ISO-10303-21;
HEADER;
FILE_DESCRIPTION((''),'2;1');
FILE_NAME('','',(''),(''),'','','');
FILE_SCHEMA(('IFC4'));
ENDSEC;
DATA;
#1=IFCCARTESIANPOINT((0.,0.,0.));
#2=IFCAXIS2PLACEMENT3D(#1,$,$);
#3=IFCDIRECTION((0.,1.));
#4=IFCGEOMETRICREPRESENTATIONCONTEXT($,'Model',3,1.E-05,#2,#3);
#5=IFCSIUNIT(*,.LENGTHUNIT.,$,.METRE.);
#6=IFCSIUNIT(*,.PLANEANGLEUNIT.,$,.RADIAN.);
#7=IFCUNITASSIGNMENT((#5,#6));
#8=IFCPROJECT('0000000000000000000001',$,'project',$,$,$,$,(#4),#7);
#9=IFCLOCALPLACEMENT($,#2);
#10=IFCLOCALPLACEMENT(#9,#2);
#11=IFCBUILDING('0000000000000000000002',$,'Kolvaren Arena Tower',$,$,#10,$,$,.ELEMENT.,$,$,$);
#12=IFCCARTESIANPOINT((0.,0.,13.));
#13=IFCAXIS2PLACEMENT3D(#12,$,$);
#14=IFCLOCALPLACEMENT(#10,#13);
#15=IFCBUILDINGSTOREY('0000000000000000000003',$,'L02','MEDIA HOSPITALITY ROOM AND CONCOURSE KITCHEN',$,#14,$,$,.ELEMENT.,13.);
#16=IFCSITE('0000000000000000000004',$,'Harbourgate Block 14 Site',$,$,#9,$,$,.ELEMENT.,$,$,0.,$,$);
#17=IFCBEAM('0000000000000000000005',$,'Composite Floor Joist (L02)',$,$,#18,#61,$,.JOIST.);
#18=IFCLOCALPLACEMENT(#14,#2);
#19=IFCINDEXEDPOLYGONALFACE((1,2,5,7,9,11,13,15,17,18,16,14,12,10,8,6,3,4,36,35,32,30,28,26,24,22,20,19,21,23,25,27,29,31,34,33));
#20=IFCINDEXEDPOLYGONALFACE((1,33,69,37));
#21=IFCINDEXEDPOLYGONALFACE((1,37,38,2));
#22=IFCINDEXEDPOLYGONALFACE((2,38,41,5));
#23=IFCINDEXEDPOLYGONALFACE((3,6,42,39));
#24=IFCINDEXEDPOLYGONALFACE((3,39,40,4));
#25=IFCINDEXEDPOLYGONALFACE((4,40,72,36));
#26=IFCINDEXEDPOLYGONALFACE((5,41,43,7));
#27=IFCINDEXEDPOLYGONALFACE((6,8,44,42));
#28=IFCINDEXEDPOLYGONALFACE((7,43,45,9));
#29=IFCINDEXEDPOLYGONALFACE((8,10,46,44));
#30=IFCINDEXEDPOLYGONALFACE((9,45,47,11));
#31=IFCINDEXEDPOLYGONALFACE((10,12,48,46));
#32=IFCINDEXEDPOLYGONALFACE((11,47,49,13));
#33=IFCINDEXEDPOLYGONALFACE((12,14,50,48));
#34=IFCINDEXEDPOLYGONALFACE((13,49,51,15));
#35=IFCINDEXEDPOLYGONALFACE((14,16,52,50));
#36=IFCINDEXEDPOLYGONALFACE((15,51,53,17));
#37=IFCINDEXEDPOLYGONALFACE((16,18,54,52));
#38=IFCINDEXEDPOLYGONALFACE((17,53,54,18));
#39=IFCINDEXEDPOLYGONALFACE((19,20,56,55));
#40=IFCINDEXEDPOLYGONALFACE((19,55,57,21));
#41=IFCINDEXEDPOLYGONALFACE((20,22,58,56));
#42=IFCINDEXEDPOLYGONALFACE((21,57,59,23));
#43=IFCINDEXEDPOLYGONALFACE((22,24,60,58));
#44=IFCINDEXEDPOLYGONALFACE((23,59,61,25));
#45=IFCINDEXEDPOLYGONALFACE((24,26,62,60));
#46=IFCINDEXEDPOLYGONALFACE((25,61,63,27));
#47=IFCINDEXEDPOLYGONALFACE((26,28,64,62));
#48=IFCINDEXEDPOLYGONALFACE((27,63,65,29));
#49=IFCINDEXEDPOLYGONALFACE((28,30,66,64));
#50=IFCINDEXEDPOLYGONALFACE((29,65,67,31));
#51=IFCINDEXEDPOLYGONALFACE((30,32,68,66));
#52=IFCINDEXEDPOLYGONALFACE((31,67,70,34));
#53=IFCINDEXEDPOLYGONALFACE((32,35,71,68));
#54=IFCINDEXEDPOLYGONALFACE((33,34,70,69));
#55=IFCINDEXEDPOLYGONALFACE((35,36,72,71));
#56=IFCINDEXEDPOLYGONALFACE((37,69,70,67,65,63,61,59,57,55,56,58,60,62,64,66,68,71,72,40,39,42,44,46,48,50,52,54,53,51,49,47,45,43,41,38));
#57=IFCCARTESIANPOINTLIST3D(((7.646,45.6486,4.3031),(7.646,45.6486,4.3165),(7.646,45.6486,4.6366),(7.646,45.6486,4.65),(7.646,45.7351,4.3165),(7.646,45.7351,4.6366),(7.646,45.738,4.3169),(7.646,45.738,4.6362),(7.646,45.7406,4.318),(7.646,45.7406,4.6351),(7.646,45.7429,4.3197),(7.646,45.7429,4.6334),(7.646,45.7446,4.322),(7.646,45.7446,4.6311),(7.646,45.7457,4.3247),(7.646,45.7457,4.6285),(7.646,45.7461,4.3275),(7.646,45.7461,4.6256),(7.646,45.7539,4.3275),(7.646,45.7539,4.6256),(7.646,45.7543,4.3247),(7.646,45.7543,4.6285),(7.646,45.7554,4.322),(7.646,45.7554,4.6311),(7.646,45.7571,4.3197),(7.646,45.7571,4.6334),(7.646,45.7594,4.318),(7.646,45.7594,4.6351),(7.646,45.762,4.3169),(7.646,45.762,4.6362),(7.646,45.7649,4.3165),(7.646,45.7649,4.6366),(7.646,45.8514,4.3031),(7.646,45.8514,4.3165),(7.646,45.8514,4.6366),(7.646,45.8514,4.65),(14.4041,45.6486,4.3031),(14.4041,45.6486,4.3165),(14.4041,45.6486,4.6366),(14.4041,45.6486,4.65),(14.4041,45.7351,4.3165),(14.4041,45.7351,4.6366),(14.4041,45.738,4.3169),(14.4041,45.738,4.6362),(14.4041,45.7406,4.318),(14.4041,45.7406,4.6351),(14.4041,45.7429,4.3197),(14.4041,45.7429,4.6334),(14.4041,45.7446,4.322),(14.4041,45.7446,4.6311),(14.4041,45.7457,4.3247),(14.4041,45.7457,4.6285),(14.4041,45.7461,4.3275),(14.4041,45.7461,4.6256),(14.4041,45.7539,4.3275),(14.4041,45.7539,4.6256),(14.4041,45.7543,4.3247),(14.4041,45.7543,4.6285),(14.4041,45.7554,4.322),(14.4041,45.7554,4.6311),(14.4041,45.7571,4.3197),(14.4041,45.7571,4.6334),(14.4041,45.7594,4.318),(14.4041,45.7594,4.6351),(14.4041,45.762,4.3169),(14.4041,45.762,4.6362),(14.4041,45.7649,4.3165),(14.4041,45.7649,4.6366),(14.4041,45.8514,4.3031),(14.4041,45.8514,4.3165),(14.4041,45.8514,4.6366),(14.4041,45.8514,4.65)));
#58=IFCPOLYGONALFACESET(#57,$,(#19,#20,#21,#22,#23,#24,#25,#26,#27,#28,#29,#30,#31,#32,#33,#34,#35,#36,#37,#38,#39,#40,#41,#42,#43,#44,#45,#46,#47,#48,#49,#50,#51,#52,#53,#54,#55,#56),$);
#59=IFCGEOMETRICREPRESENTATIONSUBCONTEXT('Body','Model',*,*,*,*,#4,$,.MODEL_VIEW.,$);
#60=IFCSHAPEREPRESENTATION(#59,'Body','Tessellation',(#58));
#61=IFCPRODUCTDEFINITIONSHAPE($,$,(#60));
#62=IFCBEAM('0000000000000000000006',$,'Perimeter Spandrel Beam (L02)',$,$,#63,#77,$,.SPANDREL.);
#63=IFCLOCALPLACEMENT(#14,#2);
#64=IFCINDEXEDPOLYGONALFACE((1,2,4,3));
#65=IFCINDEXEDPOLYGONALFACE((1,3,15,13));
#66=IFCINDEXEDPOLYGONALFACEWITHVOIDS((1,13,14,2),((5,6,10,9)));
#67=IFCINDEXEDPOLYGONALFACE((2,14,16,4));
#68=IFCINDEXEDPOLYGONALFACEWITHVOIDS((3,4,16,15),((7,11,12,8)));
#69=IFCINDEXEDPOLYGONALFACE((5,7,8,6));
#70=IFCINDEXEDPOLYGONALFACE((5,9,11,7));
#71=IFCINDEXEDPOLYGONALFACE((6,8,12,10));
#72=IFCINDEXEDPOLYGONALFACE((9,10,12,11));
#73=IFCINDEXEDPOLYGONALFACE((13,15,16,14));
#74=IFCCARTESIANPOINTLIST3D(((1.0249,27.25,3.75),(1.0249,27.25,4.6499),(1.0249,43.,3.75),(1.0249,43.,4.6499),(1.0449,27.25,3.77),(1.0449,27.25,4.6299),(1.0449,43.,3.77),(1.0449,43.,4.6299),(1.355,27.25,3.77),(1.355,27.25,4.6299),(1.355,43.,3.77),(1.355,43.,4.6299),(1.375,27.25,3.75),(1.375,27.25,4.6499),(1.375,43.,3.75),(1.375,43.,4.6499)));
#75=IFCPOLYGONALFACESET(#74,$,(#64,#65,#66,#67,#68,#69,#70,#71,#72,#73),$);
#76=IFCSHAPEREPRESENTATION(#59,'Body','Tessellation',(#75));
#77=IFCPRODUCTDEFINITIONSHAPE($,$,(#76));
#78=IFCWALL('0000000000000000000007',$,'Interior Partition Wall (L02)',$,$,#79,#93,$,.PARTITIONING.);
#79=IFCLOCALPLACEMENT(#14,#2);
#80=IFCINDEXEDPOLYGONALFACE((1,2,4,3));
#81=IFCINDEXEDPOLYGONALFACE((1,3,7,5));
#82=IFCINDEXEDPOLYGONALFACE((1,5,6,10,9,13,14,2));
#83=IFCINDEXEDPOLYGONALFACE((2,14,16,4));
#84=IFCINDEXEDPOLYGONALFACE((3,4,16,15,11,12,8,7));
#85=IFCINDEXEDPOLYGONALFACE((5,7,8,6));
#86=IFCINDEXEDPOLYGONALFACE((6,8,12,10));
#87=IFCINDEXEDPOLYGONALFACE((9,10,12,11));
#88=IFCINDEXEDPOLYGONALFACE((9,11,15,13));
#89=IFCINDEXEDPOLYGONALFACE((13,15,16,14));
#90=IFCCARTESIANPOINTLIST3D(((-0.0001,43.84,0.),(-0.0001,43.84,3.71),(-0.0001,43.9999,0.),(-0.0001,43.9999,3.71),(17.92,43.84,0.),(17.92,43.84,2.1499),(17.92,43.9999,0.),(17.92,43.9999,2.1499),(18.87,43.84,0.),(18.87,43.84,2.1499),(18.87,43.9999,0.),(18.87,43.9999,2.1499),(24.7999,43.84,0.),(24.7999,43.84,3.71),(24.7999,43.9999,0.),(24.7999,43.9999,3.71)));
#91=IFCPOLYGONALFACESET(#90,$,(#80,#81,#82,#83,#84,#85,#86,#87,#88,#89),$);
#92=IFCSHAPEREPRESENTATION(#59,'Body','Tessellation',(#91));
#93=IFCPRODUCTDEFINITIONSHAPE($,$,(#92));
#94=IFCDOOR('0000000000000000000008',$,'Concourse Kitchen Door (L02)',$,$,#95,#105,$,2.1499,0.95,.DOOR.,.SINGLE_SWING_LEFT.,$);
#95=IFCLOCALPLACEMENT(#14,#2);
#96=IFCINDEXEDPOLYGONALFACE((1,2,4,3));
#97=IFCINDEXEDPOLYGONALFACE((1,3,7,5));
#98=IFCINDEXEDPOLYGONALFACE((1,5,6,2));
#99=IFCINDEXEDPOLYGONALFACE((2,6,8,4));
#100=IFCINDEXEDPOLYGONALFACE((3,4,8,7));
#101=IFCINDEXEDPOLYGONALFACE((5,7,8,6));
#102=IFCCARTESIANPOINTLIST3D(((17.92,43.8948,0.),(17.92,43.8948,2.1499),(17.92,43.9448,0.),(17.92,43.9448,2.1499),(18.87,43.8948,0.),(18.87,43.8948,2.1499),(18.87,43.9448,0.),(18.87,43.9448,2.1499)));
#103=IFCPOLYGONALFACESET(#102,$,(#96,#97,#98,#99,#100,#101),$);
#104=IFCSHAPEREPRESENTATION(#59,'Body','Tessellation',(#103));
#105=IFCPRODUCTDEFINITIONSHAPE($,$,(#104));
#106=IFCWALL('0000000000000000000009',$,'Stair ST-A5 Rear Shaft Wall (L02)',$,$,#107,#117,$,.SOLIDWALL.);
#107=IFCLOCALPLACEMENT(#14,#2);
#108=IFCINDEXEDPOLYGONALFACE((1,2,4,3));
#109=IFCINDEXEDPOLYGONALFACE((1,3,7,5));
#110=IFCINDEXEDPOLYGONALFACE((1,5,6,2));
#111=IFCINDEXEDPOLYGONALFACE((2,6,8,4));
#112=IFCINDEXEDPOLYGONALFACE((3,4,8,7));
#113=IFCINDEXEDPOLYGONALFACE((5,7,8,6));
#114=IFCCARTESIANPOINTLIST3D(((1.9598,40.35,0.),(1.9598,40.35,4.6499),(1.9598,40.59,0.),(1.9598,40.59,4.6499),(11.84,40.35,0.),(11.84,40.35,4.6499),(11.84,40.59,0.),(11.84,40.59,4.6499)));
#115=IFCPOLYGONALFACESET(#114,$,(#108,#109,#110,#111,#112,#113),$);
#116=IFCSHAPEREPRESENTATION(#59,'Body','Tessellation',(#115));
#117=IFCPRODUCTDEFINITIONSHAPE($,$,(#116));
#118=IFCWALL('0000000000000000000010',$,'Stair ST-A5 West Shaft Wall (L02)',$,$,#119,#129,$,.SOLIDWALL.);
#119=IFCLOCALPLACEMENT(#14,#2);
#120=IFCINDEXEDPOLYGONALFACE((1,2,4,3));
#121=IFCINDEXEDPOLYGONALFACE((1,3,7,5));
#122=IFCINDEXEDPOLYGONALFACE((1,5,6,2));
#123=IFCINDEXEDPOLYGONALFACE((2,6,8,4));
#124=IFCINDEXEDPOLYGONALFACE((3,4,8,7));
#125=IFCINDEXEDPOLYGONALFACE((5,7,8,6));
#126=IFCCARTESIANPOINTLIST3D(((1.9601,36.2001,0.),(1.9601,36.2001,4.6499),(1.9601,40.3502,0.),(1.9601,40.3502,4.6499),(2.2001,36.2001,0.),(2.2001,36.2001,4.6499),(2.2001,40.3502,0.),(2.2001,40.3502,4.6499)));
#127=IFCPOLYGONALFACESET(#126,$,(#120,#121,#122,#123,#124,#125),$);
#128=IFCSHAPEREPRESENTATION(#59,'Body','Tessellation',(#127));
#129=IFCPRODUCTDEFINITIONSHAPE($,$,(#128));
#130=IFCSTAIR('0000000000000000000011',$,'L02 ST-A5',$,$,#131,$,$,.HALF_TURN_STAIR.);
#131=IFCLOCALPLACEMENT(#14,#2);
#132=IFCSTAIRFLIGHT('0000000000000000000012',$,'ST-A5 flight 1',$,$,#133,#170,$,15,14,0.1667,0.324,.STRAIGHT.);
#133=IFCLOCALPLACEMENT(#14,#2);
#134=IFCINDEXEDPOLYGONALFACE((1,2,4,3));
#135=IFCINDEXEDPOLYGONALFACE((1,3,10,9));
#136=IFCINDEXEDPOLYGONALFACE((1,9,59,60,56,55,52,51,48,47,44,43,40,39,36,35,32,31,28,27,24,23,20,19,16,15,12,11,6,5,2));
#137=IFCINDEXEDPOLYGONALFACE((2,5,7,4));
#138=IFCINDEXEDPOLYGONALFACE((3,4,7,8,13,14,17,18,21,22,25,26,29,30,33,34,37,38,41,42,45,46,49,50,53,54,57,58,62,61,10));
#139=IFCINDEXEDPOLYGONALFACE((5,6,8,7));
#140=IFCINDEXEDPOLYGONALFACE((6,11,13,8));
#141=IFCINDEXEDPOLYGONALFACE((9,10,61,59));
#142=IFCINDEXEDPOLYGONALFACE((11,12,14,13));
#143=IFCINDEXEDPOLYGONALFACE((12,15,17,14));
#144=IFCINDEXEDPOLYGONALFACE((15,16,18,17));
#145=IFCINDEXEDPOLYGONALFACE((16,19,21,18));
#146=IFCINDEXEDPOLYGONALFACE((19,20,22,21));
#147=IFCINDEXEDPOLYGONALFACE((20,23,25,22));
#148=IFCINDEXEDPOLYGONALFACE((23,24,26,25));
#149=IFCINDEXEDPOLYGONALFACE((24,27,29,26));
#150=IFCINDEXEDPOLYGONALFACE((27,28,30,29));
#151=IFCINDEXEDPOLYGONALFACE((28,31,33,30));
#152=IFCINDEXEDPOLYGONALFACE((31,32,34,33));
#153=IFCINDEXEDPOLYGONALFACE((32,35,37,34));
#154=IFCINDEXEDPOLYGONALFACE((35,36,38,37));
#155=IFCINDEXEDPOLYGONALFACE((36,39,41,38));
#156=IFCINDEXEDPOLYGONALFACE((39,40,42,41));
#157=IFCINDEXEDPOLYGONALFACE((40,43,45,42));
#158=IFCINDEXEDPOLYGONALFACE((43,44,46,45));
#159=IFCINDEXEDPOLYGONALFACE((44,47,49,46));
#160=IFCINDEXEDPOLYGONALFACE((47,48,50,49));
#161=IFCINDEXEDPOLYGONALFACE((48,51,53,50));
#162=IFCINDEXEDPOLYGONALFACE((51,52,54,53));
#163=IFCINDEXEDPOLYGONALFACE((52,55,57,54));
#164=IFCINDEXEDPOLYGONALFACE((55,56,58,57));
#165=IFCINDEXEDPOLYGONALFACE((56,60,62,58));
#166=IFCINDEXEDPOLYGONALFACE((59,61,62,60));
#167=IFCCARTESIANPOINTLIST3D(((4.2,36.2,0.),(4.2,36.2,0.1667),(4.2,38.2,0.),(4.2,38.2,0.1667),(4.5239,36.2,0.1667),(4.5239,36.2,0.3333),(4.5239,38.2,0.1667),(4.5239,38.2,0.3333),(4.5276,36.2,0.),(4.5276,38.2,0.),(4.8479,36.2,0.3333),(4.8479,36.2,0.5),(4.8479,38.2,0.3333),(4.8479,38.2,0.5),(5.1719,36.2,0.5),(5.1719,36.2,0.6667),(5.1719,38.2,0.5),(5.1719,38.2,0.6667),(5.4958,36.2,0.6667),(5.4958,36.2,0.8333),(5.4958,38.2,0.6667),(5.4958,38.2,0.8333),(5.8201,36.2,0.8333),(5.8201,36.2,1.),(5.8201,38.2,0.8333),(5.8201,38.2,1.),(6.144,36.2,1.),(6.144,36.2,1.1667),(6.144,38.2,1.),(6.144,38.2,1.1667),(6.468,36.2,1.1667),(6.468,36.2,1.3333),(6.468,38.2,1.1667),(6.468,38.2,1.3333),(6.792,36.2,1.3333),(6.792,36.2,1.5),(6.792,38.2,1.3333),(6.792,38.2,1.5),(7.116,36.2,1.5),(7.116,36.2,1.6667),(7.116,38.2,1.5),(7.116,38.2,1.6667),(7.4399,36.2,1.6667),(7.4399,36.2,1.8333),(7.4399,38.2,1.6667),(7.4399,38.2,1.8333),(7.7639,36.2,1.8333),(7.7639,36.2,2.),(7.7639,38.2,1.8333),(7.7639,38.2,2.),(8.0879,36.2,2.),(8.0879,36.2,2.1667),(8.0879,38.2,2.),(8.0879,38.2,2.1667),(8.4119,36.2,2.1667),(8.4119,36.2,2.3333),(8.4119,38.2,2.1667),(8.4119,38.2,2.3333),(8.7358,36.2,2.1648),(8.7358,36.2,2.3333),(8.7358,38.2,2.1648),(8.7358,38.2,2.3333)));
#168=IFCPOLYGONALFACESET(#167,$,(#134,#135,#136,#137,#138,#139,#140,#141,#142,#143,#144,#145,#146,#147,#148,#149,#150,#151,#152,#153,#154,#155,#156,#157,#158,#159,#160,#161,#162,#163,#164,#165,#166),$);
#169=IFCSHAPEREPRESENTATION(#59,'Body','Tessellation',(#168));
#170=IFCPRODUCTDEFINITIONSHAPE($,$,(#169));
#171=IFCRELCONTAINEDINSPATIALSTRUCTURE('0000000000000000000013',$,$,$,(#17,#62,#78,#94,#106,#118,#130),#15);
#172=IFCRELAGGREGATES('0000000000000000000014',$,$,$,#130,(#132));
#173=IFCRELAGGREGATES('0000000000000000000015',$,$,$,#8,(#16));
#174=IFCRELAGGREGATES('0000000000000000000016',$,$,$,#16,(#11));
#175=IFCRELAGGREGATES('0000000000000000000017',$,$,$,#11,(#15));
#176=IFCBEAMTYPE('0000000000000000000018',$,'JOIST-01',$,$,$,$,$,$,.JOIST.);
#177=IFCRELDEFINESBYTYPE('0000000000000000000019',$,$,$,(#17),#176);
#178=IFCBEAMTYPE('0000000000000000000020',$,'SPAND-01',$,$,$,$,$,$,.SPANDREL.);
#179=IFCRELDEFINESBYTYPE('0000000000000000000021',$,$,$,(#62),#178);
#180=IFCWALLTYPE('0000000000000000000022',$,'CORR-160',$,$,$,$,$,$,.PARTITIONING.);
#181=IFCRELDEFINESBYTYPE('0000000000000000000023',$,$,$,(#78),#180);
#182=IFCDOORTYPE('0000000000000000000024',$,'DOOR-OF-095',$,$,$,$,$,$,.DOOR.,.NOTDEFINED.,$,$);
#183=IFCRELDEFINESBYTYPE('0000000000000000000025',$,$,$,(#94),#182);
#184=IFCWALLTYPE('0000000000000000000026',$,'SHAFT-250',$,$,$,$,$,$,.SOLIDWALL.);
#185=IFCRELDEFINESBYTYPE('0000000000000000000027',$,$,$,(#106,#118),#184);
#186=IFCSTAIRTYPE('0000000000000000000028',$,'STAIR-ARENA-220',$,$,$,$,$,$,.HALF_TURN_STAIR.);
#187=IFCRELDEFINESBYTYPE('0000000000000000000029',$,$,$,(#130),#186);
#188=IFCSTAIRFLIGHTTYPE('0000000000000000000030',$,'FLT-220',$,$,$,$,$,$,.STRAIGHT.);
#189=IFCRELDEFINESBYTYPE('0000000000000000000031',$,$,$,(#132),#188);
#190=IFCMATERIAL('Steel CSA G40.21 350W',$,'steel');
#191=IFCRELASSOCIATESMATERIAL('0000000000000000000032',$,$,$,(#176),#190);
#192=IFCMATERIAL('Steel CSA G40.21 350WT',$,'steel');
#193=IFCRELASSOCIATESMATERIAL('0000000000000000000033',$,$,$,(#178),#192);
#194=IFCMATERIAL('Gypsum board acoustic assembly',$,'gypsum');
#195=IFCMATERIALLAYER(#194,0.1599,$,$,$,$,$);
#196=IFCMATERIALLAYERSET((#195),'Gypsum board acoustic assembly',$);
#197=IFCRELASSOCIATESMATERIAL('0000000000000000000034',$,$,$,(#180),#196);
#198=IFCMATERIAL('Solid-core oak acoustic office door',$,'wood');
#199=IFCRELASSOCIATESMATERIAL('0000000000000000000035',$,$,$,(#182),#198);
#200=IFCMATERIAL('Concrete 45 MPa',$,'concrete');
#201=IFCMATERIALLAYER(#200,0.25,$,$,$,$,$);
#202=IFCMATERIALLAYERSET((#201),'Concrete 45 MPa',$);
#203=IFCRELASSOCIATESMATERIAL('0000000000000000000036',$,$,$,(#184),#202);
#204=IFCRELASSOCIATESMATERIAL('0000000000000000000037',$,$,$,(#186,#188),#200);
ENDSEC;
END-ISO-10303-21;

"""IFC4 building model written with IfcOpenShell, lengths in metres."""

from ifc_helpers import new_model, si_unit, direction, frame, frame_2d, origin, origin_2d, place, context, subcontext, project, spatial, polyline, rectangle, hollow_rectangle, i_section, outline, extrude, material, layer, layer_set, material_profile, profile_set, type_object, element, fill, aggregate, save


model = new_model("IFC4")

# Units and contexts
model_context = context("Model", 3, precision=1e-05, world=origin(), true_north=direction((0.0, 1.0)))
body_context = subcontext(model_context, "Body", "Model", "MODEL_VIEW")
ifc_project = project(units=[si_unit("LENGTHUNIT", "METRE"), si_unit("PLANEANGLEUNIT", "RADIAN")], contexts=[model_context])

# Site, building, storey
site_placement = place(None, origin())
site = spatial("IfcSite", under=ifc_project, at=site_placement, Name="Harbourgate Block 14 Site", CompositionType="ELEMENT", RefElevation=0.0)
building_placement = place(site_placement, origin())
building = spatial("IfcBuilding", under=site, at=building_placement, Name="Kolvaren Arena Tower", CompositionType="ELEMENT")
storey_placement = place(building_placement, frame((0.0, 0.0, 13.0)))
storey = spatial("IfcBuildingStorey", under=building, at=storey_placement, Name="L02", Description="MEDIA HOSPITALITY ROOM AND CONCOURSE KITCHEN", CompositionType="ELEMENT", Elevation=13.0)

# Beams
ifc_material_1 = material(Name="Steel CSA G40.21 350W", Category="steel")
ifc_material_profile_1 = material_profile(ifc_material_1, i_section(OverallWidth=0.2029, OverallDepth=0.3469, WebThickness=0.0078, FlangeThickness=0.0134, FilletRadius=0.011, at=origin_2d()), Name="W360x64")
ifc_profile_set_1 = profile_set([ifc_material_profile_1], Name="Steel CSA G40.21 350W")
beam_type_1 = type_object("IfcBeamType", Name="JOIST-01", PredefinedType="JOIST", material=ifc_profile_set_1)
beam_1_placement = place(storey_placement, frame((7.646, 45.75, 4.4766), z_axis=(1.0, 0.0, 0.0), x_axis=(0.0, 1.0, 0.0)))
element("IfcBeam", 1, at=beam_1_placement, inside=storey, type_object=beam_type_1, Name="Composite Floor Joist (L02)", PredefinedType="JOIST", context=body_context, shape_type="SweptSolid", body=[
    extrude(i_section(OverallWidth=0.2029, OverallDepth=0.3469, WebThickness=0.0078, FlangeThickness=0.0134, FilletRadius=0.011, at=origin_2d()), origin(), (0.0, 0.0, 1.0), 6.7581),
])
ifc_material_2 = material(Name="Steel CSA G40.21 350WT", Category="steel")
ifc_material_profile_2 = material_profile(ifc_material_2, hollow_rectangle(XDim=0.3501, YDim=0.8999, WallThickness=0.02, at=origin_2d()), Name="HSS 900x350x20")
ifc_profile_set_2 = profile_set([ifc_material_profile_2], Name="Steel CSA G40.21 350WT")
beam_type_2 = type_object("IfcBeamType", Name="SPAND-01", PredefinedType="SPANDREL", material=ifc_profile_set_2)
beam_2_placement = place(storey_placement, frame((1.2, 43.0, 4.2), z_axis=(0.0, -1.0, 0.0), x_axis=(1.0, 0.0, 0.0)))
element("IfcBeam", 2, at=beam_2_placement, inside=storey, type_object=beam_type_2, Name="Perimeter Spandrel Beam (L02)", PredefinedType="SPANDREL", context=body_context, shape_type="SweptSolid", body=[
    extrude(hollow_rectangle(XDim=0.3501, YDim=0.8999, WallThickness=0.02, at=origin_2d()), origin(), (0.0, 0.0, 1.0), 15.75),
])

# Wall, opening, door
ifc_material_3 = material(Name="Gypsum board acoustic assembly", Category="gypsum")
ifc_layer_1 = layer(ifc_material_3, 0.1599)
ifc_layer_set_1 = layer_set([ifc_layer_1], Name="Gypsum board acoustic assembly")
wall_type_1 = type_object("IfcWallType", Name="CORR-160", PredefinedType="PARTITIONING", material=ifc_layer_set_1)
wall_1_placement = place(storey_placement, frame((0.0, 43.9199, 0.0), z_axis=(0.0, 0.0, 1.0), x_axis=(1.0, 0.0, 0.0)))
wall_1 = element("IfcWall", 3, at=wall_1_placement, inside=storey, type_object=wall_type_1, Name="Interior Partition Wall (L02)", PredefinedType="PARTITIONING", context=body_context, shape_type="SweptSolid", body=[
    extrude(rectangle(XDim=24.8, YDim=0.1599, at=frame_2d((12.3999, 0.0))), origin(), (0.0, 0.0, 1.0), 3.71),
])
opening_placement = place(wall_1_placement, frame((17.9199, 0.0, 0.0)))
opening = element("IfcOpeningElement", 4, at=opening_placement, cuts=wall_1, PredefinedType="OPENING", context=body_context, shape_type="SweptSolid", body=[
    extrude(rectangle(XDim=0.95, YDim=2.1499, at=frame_2d((0.4751, 1.075))), frame((0.0, 0.0898, 0.0), z_axis=(0.0, -1.0, 0.0), x_axis=(1.0, 0.0, 0.0)), (0.0, 0.0, 1.0), 0.1799),
])
ifc_material_4 = material(Name="Solid-core oak acoustic office door", Category="wood")
door_type = type_object("IfcDoorType", Name="DOOR-OF-095", OperationType="NOTDEFINED", PredefinedType="DOOR", material=ifc_material_4)
door_placement = place(opening_placement, origin())
door = element("IfcDoor", 5, at=door_placement, inside=storey, type_object=door_type, Name="Concourse Kitchen Door (L02)", OperationType="SINGLE_SWING_LEFT", OverallHeight=2.1499, OverallWidth=0.95, PredefinedType="DOOR", context=body_context, shape_type="SweptSolid", body=[
    extrude(rectangle(XDim=0.95, YDim=2.1499, at=frame_2d((0.4751, 1.075))), frame((0.0, 0.0249, 0.0), z_axis=(0.0, -1.0, 0.0), x_axis=(1.0, 0.0, 0.0)), (0.0, 0.0, 1.0), 0.05),
])
fill(opening, door)

# Walls
ifc_material_5 = material(Name="Concrete 45 MPa", Category="concrete")
ifc_layer_2 = layer(ifc_material_5, 0.25)
ifc_layer_set_2 = layer_set([ifc_layer_2], Name="Concrete 45 MPa")
wall_type_2 = type_object("IfcWallType", Name="SHAFT-250", PredefinedType="SOLIDWALL", material=ifc_layer_set_2)
wall_2_placement = place(storey_placement, frame((1.96, 40.47, 0.0), z_axis=(0.0, 0.0, 1.0), x_axis=(1.0, 0.0, 0.0)))
element("IfcWall", 6, at=wall_2_placement, inside=storey, type_object=wall_type_2, Name="Stair ST-A5 Rear Shaft Wall (L02)", PredefinedType="SOLIDWALL", context=body_context, shape_type="SweptSolid", body=[
    extrude(rectangle(XDim=9.8801, YDim=0.24, at=frame_2d((4.9399, 0.0))), origin(), (0.0, 0.0, 1.0), 4.6499),
])
wall_3_placement = place(storey_placement, frame((2.0801, 36.2, 0.0), z_axis=(0.0, 0.0, 1.0), x_axis=(0.0, 1.0, 0.0)))
element("IfcWall", 7, at=wall_3_placement, inside=storey, type_object=wall_type_2, Name="Stair ST-A5 West Shaft Wall (L02)", PredefinedType="SOLIDWALL", context=body_context, shape_type="SweptSolid", body=[
    extrude(rectangle(XDim=4.1501, YDim=0.24, at=frame_2d((2.0752, 0.0))), origin(), (0.0, 0.0, 1.0), 4.6499),
])

# Stair, stair flight
stair_type = type_object("IfcStairType", Name="STAIR-ARENA-220", PredefinedType="HALF_TURN_STAIR", material=ifc_material_5)
stair_placement = place(storey_placement, origin())
stair = element("IfcStair", 8, at=stair_placement, inside=storey, type_object=stair_type, Name="L02 ST-A5", PredefinedType="HALF_TURN_STAIR")
stair_flight_type = type_object("IfcStairFlightType", Name="FLT-220", PredefinedType="STRAIGHT", material=ifc_material_5)
stair_flight_1_placement = place(storey_placement, frame((4.2, 37.2, 0.0), z_axis=(0.0, 0.0, 1.0), x_axis=(1.0, 0.0, 0.0)))
stair_flight_1 = element("IfcStairFlight", 9, at=stair_flight_1_placement, type_object=stair_flight_type, Name="ST-A5 flight 1", NumberOfRisers=15, NumberOfTreads=14, PredefinedType="STRAIGHT", RiserHeight=0.1667, TreadLength=0.324, context=body_context, shape_type="SweptSolid", body=[
    extrude(outline(polyline([(0.0, 0.0), (0.0, 0.1667), (0.324, 0.1667), (0.324, 0.3333), (0.6479, 0.3333), (0.6479, 0.5), (0.9719, 0.5), (0.9719, 0.6667), (1.2959, 0.6667), (1.2959, 0.8333), (1.6201, 0.8333), (1.6201, 1.0), (1.9441, 1.0), (1.9441, 1.1667), (2.2681, 1.1667), (2.2681, 1.3333), (2.592, 1.3333), (2.592, 1.5), (2.916, 1.5), (2.916, 1.6667), (3.24, 1.6667), (3.24, 1.8333), (3.564, 1.8333), (3.564, 2.0), (3.8879, 2.0), (3.8879, 2.1667), (4.2119, 2.1667), (4.2119, 2.3333), (4.5359, 2.3333), (4.5359, 2.5), (4.5359, 2.1648), (0.3276, 0.0), (0.0, 0.0)])), frame((0.0, 1.0, 0.0), z_axis=(0.0, -1.0, 0.0), x_axis=(1.0, 0.0, 0.0)), (0.0, 0.0, 1.0), 2.0),
])
aggregate(stair, [stair_flight_1])

save(model, "model.ifc")
